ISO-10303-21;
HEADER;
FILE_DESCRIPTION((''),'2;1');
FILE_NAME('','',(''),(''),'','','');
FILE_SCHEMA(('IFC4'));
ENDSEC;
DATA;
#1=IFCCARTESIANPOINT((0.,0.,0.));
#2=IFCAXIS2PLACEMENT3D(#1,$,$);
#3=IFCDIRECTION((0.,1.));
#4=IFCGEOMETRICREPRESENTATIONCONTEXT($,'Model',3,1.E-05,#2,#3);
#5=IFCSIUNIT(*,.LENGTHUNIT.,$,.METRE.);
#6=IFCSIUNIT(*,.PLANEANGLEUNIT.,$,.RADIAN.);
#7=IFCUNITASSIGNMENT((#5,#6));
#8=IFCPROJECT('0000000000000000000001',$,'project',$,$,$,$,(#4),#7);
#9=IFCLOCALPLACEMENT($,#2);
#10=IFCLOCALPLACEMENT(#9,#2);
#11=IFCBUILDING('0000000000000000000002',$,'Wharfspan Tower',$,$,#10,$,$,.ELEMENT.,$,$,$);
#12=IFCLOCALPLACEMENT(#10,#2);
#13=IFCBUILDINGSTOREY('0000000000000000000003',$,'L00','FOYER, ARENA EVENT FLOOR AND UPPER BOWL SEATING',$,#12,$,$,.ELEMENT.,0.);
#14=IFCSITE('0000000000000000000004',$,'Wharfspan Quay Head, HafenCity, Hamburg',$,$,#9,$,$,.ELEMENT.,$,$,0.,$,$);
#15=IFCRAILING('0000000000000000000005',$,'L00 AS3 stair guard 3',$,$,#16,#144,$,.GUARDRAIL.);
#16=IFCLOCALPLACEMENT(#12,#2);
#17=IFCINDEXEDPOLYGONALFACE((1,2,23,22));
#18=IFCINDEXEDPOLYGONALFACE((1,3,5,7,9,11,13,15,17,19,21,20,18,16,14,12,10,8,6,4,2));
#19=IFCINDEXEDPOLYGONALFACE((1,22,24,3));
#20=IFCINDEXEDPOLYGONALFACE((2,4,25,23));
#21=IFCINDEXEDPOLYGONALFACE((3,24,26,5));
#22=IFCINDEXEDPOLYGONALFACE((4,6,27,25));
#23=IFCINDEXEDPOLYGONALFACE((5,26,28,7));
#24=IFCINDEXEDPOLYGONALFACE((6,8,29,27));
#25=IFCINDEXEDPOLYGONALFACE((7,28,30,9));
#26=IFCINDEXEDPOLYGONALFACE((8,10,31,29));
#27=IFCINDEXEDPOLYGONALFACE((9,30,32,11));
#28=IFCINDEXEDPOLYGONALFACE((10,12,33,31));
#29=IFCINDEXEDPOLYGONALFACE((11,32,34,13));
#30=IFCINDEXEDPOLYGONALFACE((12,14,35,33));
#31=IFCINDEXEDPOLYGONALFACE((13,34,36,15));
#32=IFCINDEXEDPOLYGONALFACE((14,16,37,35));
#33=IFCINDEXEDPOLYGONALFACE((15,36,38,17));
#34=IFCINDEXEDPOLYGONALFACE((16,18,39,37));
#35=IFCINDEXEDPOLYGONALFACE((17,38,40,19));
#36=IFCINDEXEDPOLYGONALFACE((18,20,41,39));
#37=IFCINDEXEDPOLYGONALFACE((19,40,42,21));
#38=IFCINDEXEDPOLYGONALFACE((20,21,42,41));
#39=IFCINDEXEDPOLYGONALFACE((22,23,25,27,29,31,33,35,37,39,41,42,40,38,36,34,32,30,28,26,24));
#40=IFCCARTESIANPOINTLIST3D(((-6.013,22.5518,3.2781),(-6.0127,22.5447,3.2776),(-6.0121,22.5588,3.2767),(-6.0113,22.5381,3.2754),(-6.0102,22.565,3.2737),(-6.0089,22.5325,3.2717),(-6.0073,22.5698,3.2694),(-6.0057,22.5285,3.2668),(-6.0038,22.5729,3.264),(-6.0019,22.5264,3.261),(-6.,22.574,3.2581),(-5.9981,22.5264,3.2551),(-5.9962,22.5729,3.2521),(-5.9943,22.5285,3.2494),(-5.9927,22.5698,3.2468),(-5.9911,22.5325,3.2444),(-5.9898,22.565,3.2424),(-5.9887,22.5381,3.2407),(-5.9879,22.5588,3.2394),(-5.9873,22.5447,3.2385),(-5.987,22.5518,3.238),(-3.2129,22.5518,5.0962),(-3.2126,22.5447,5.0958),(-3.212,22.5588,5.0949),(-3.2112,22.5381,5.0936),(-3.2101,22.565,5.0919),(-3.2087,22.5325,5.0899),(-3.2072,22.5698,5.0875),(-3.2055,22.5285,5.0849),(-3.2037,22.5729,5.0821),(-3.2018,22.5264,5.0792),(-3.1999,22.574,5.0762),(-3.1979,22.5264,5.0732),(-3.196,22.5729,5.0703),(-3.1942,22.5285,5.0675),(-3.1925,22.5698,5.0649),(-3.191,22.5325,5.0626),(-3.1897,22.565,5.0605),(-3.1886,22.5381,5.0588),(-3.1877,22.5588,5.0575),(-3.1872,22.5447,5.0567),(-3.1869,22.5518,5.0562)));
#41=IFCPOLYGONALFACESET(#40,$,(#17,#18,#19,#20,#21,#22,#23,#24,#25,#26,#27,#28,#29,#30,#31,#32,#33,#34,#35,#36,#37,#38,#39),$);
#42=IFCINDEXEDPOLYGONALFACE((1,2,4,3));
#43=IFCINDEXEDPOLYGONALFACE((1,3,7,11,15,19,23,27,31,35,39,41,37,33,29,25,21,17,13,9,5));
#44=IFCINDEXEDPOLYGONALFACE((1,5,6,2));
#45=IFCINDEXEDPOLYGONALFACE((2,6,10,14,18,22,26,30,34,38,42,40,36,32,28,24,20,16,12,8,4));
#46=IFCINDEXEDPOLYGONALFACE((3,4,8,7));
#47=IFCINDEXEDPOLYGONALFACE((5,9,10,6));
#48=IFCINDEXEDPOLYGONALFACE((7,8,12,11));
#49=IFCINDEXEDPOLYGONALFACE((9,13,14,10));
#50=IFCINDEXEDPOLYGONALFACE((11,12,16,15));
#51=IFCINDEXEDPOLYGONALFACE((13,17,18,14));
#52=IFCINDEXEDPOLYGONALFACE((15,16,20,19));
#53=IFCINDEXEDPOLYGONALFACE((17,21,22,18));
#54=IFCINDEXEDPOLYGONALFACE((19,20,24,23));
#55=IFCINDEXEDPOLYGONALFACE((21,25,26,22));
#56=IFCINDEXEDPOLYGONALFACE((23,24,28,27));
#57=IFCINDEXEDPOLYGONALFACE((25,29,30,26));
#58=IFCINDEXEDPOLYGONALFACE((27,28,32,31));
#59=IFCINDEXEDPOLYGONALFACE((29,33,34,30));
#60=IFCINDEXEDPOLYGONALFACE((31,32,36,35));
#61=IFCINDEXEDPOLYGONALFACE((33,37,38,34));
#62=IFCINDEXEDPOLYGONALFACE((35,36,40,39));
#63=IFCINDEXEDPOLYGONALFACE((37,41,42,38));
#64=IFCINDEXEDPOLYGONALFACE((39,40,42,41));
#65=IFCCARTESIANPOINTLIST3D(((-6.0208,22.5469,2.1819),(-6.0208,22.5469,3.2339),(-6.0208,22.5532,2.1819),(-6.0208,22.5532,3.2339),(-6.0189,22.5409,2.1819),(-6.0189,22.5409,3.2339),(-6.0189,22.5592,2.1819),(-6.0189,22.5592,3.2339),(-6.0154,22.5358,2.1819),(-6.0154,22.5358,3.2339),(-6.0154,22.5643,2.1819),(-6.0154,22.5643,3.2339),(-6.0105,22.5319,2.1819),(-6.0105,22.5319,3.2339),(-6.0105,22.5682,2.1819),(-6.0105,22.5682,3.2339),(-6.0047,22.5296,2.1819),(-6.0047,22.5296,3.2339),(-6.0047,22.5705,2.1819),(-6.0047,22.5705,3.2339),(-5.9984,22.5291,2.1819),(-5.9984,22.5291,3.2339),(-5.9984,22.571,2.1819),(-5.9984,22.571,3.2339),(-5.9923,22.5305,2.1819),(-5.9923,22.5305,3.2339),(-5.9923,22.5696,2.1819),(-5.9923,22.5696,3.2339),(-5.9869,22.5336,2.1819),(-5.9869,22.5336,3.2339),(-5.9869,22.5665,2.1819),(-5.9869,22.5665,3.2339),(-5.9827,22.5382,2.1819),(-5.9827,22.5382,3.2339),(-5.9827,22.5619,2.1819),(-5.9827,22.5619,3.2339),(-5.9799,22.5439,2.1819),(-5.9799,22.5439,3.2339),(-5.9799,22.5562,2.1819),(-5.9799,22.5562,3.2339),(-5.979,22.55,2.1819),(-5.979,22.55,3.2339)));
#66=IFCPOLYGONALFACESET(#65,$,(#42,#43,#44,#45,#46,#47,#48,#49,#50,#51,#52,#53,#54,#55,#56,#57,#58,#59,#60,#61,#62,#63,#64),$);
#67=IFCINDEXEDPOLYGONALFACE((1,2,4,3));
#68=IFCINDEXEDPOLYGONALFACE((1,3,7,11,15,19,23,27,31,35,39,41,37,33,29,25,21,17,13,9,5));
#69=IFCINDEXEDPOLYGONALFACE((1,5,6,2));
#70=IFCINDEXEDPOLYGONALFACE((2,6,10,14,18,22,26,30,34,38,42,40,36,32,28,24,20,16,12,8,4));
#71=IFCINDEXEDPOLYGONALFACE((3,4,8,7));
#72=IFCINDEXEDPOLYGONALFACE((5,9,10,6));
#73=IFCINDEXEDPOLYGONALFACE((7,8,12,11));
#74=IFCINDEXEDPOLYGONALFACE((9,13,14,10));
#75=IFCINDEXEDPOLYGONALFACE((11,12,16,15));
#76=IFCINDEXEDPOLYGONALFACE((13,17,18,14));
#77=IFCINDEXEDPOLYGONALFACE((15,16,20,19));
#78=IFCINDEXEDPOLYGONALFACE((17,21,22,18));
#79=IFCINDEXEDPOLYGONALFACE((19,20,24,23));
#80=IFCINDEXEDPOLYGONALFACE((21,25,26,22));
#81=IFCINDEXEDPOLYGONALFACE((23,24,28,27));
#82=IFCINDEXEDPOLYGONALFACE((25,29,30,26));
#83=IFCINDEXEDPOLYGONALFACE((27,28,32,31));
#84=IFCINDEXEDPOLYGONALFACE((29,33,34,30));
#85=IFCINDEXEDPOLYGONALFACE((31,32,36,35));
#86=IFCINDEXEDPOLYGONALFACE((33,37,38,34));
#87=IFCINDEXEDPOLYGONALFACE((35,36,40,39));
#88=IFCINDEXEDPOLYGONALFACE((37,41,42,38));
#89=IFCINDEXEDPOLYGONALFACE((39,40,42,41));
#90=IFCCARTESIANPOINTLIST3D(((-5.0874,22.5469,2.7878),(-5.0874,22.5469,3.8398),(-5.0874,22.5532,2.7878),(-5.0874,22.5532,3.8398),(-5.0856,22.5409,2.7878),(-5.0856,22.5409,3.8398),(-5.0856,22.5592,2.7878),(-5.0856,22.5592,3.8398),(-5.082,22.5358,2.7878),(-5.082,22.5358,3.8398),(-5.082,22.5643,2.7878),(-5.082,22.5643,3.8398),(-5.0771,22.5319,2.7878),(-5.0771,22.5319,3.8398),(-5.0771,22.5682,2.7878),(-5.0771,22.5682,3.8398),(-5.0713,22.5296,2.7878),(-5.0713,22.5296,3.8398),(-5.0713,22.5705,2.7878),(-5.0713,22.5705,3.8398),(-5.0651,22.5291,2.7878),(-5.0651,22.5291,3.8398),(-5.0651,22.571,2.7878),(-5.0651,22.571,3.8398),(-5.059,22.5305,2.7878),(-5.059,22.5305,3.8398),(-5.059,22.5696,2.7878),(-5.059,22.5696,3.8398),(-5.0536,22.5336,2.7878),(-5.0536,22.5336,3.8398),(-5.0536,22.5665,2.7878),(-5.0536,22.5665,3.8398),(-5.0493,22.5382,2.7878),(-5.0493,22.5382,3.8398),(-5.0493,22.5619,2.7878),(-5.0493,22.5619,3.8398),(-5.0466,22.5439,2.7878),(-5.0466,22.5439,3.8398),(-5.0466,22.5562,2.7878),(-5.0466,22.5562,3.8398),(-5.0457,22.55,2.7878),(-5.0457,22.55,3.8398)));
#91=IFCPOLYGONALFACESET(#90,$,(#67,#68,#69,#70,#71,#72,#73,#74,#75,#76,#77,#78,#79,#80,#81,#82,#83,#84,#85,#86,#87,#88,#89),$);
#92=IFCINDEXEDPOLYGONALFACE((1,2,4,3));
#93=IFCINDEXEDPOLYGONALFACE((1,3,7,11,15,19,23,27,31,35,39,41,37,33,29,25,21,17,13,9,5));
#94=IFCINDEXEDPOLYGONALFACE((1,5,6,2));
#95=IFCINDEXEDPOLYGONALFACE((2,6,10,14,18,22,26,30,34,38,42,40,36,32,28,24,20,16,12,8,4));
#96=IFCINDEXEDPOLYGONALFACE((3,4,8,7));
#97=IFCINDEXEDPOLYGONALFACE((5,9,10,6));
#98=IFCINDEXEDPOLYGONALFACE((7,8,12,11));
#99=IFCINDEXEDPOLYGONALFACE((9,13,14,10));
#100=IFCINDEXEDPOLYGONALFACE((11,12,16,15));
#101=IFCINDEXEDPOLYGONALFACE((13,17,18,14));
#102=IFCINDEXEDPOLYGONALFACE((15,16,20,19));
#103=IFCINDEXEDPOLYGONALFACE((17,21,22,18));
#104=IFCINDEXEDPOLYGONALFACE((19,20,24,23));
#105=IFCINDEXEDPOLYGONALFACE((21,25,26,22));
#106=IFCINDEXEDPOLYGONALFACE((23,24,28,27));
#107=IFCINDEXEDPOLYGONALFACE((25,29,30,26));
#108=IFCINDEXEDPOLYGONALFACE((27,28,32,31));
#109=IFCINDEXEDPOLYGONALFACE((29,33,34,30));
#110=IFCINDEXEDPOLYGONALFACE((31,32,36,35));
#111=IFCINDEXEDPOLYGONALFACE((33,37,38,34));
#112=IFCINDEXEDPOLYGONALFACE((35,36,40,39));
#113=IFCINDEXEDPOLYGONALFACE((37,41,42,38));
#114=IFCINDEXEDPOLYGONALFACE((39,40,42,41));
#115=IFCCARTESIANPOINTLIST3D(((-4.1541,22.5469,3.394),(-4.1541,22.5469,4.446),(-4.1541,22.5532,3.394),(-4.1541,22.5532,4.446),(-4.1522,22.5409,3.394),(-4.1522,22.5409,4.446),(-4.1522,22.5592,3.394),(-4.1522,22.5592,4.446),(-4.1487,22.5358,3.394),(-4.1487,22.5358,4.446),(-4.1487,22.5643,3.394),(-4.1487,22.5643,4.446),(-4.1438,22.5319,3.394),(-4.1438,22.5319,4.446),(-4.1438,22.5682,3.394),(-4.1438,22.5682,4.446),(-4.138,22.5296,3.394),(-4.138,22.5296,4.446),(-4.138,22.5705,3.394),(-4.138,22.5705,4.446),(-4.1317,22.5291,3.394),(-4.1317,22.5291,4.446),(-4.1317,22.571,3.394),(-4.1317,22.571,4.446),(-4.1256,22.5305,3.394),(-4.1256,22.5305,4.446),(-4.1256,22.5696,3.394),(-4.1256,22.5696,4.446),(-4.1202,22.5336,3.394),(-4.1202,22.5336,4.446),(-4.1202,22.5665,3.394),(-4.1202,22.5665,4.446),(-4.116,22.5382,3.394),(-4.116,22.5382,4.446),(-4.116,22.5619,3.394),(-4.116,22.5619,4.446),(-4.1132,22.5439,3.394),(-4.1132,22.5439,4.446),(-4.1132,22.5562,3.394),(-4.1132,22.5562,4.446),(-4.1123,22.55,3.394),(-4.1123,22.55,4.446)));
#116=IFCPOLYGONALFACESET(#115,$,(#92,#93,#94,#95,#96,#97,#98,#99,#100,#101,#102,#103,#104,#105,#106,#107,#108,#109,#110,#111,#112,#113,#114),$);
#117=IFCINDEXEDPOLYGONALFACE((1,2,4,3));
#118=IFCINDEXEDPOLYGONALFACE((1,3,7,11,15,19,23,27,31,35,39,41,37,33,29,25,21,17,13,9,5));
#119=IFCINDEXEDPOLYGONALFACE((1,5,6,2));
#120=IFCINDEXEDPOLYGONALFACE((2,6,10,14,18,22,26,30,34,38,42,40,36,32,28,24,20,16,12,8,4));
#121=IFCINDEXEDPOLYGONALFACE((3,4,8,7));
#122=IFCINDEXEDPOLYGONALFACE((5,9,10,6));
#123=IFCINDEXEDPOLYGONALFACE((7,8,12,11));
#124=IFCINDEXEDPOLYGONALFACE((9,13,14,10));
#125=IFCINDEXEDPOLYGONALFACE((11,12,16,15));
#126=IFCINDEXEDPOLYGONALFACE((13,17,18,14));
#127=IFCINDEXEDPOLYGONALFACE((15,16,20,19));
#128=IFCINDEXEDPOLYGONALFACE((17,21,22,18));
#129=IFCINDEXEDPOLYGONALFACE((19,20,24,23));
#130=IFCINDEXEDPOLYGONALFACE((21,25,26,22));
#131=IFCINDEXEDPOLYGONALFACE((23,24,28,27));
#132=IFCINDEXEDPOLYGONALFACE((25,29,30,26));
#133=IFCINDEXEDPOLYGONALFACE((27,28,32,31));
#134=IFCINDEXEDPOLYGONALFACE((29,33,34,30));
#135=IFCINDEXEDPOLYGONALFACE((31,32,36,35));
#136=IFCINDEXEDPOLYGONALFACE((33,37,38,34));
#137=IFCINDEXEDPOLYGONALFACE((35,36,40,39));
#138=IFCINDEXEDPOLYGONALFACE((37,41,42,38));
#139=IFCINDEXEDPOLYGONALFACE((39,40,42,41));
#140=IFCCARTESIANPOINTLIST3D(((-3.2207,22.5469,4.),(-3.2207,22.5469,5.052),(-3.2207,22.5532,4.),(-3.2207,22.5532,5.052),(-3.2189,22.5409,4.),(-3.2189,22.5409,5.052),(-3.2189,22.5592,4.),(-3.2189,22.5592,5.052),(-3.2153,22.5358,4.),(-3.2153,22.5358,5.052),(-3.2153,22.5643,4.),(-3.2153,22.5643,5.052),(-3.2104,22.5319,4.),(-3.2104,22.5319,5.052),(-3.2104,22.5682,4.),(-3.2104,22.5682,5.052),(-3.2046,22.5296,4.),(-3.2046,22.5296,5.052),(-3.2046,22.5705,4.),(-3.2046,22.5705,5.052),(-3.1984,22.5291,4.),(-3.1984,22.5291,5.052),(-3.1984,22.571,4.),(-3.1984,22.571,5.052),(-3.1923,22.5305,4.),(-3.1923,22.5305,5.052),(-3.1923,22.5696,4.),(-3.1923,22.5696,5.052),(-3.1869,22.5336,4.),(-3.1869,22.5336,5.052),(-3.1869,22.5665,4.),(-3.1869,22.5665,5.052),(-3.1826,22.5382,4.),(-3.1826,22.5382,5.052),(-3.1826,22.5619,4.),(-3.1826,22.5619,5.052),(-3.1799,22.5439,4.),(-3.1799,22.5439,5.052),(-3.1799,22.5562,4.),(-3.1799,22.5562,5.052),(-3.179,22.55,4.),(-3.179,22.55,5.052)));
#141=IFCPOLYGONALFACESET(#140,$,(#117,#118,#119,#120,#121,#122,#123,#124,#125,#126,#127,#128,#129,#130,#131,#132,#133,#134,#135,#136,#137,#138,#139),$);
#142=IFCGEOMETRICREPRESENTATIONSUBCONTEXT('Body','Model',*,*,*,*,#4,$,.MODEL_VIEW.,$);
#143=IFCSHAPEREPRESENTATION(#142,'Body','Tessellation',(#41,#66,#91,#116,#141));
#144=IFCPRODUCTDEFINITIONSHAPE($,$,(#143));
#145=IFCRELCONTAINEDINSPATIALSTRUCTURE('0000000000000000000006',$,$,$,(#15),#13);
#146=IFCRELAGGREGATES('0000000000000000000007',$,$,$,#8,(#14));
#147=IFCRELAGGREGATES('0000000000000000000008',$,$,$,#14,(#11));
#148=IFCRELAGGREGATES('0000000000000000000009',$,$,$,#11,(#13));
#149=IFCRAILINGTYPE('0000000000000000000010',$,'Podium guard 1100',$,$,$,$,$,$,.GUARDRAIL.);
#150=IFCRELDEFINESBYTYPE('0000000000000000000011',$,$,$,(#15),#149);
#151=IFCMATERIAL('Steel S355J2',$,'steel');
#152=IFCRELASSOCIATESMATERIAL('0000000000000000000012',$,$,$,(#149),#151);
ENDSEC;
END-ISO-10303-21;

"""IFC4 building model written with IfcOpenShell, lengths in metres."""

from ifc_helpers import new_model, si_unit, direction, frame, origin, origin_2d, place, context, subcontext, project, spatial, circle, extrude, material, type_object, element, save


model = new_model("IFC4")

# Units and contexts
model_context = context("Model", 3, precision=1e-05, world=origin(), true_north=direction((0.0, 1.0)))
body_context = subcontext(model_context, "Body", "Model", "MODEL_VIEW")
ifc_project = project(units=[si_unit("LENGTHUNIT", "METRE"), si_unit("PLANEANGLEUNIT", "RADIAN")], contexts=[model_context])

# Site, building, storey
site_placement = place(None, origin())
site = spatial("IfcSite", under=ifc_project, at=site_placement, Name="Wharfspan Quay Head, HafenCity, Hamburg", CompositionType="ELEMENT", RefElevation=0.0)
building_placement = place(site_placement, origin())
building = spatial("IfcBuilding", under=site, at=building_placement, Name="Wharfspan Tower", CompositionType="ELEMENT")
storey_placement = place(building_placement, origin())
storey = spatial("IfcBuildingStorey", under=building, at=storey_placement, Name="L00", Description="FOYER, ARENA EVENT FLOOR AND UPPER BOWL SEATING", CompositionType="ELEMENT", Elevation=0.0)

# Shared definitions
ifc_material_1 = material(Name="Steel S355J2", Category="steel")

# Railing
railing_type_1 = type_object("IfcRailingType", Name="Podium guard 1100", PredefinedType="GUARDRAIL", material=ifc_material_1)
railing_1_placement = place(storey_placement, frame((-6.0, 22.55, 2.1819)))
element("IfcRailing", 1, at=railing_1_placement, inside=storey, type_object=railing_type_1, Name="L00 AS3 stair guard 3", PredefinedType="GUARDRAIL", context=body_context, shape_type="SweptSolid", body=[
    extrude(circle(Radius=0.0239, at=origin_2d()), frame((0.0, 0.0, 1.0762), z_axis=(0.838706, 0.0, 0.544585), x_axis=(0.0, 1.0, 0.0)), (0.0, 0.0, 1.0), 3.3386),
    extrude(circle(Radius=0.021, at=origin_2d()), origin(), (0.0, 0.0, 1.0), 1.052),
    extrude(circle(Radius=0.021, at=origin_2d()), frame((0.9334, 0.0, 0.606)), (0.0, 0.0, 1.0), 1.052),
    extrude(circle(Radius=0.021, at=origin_2d()), frame((1.8667, 0.0, 1.2122)), (0.0, 0.0, 1.0), 1.052),
    extrude(circle(Radius=0.021, at=origin_2d()), frame((2.8, 0.0, 1.8181)), (0.0, 0.0, 1.0), 1.052),
])

save(model, "model.ifc")
